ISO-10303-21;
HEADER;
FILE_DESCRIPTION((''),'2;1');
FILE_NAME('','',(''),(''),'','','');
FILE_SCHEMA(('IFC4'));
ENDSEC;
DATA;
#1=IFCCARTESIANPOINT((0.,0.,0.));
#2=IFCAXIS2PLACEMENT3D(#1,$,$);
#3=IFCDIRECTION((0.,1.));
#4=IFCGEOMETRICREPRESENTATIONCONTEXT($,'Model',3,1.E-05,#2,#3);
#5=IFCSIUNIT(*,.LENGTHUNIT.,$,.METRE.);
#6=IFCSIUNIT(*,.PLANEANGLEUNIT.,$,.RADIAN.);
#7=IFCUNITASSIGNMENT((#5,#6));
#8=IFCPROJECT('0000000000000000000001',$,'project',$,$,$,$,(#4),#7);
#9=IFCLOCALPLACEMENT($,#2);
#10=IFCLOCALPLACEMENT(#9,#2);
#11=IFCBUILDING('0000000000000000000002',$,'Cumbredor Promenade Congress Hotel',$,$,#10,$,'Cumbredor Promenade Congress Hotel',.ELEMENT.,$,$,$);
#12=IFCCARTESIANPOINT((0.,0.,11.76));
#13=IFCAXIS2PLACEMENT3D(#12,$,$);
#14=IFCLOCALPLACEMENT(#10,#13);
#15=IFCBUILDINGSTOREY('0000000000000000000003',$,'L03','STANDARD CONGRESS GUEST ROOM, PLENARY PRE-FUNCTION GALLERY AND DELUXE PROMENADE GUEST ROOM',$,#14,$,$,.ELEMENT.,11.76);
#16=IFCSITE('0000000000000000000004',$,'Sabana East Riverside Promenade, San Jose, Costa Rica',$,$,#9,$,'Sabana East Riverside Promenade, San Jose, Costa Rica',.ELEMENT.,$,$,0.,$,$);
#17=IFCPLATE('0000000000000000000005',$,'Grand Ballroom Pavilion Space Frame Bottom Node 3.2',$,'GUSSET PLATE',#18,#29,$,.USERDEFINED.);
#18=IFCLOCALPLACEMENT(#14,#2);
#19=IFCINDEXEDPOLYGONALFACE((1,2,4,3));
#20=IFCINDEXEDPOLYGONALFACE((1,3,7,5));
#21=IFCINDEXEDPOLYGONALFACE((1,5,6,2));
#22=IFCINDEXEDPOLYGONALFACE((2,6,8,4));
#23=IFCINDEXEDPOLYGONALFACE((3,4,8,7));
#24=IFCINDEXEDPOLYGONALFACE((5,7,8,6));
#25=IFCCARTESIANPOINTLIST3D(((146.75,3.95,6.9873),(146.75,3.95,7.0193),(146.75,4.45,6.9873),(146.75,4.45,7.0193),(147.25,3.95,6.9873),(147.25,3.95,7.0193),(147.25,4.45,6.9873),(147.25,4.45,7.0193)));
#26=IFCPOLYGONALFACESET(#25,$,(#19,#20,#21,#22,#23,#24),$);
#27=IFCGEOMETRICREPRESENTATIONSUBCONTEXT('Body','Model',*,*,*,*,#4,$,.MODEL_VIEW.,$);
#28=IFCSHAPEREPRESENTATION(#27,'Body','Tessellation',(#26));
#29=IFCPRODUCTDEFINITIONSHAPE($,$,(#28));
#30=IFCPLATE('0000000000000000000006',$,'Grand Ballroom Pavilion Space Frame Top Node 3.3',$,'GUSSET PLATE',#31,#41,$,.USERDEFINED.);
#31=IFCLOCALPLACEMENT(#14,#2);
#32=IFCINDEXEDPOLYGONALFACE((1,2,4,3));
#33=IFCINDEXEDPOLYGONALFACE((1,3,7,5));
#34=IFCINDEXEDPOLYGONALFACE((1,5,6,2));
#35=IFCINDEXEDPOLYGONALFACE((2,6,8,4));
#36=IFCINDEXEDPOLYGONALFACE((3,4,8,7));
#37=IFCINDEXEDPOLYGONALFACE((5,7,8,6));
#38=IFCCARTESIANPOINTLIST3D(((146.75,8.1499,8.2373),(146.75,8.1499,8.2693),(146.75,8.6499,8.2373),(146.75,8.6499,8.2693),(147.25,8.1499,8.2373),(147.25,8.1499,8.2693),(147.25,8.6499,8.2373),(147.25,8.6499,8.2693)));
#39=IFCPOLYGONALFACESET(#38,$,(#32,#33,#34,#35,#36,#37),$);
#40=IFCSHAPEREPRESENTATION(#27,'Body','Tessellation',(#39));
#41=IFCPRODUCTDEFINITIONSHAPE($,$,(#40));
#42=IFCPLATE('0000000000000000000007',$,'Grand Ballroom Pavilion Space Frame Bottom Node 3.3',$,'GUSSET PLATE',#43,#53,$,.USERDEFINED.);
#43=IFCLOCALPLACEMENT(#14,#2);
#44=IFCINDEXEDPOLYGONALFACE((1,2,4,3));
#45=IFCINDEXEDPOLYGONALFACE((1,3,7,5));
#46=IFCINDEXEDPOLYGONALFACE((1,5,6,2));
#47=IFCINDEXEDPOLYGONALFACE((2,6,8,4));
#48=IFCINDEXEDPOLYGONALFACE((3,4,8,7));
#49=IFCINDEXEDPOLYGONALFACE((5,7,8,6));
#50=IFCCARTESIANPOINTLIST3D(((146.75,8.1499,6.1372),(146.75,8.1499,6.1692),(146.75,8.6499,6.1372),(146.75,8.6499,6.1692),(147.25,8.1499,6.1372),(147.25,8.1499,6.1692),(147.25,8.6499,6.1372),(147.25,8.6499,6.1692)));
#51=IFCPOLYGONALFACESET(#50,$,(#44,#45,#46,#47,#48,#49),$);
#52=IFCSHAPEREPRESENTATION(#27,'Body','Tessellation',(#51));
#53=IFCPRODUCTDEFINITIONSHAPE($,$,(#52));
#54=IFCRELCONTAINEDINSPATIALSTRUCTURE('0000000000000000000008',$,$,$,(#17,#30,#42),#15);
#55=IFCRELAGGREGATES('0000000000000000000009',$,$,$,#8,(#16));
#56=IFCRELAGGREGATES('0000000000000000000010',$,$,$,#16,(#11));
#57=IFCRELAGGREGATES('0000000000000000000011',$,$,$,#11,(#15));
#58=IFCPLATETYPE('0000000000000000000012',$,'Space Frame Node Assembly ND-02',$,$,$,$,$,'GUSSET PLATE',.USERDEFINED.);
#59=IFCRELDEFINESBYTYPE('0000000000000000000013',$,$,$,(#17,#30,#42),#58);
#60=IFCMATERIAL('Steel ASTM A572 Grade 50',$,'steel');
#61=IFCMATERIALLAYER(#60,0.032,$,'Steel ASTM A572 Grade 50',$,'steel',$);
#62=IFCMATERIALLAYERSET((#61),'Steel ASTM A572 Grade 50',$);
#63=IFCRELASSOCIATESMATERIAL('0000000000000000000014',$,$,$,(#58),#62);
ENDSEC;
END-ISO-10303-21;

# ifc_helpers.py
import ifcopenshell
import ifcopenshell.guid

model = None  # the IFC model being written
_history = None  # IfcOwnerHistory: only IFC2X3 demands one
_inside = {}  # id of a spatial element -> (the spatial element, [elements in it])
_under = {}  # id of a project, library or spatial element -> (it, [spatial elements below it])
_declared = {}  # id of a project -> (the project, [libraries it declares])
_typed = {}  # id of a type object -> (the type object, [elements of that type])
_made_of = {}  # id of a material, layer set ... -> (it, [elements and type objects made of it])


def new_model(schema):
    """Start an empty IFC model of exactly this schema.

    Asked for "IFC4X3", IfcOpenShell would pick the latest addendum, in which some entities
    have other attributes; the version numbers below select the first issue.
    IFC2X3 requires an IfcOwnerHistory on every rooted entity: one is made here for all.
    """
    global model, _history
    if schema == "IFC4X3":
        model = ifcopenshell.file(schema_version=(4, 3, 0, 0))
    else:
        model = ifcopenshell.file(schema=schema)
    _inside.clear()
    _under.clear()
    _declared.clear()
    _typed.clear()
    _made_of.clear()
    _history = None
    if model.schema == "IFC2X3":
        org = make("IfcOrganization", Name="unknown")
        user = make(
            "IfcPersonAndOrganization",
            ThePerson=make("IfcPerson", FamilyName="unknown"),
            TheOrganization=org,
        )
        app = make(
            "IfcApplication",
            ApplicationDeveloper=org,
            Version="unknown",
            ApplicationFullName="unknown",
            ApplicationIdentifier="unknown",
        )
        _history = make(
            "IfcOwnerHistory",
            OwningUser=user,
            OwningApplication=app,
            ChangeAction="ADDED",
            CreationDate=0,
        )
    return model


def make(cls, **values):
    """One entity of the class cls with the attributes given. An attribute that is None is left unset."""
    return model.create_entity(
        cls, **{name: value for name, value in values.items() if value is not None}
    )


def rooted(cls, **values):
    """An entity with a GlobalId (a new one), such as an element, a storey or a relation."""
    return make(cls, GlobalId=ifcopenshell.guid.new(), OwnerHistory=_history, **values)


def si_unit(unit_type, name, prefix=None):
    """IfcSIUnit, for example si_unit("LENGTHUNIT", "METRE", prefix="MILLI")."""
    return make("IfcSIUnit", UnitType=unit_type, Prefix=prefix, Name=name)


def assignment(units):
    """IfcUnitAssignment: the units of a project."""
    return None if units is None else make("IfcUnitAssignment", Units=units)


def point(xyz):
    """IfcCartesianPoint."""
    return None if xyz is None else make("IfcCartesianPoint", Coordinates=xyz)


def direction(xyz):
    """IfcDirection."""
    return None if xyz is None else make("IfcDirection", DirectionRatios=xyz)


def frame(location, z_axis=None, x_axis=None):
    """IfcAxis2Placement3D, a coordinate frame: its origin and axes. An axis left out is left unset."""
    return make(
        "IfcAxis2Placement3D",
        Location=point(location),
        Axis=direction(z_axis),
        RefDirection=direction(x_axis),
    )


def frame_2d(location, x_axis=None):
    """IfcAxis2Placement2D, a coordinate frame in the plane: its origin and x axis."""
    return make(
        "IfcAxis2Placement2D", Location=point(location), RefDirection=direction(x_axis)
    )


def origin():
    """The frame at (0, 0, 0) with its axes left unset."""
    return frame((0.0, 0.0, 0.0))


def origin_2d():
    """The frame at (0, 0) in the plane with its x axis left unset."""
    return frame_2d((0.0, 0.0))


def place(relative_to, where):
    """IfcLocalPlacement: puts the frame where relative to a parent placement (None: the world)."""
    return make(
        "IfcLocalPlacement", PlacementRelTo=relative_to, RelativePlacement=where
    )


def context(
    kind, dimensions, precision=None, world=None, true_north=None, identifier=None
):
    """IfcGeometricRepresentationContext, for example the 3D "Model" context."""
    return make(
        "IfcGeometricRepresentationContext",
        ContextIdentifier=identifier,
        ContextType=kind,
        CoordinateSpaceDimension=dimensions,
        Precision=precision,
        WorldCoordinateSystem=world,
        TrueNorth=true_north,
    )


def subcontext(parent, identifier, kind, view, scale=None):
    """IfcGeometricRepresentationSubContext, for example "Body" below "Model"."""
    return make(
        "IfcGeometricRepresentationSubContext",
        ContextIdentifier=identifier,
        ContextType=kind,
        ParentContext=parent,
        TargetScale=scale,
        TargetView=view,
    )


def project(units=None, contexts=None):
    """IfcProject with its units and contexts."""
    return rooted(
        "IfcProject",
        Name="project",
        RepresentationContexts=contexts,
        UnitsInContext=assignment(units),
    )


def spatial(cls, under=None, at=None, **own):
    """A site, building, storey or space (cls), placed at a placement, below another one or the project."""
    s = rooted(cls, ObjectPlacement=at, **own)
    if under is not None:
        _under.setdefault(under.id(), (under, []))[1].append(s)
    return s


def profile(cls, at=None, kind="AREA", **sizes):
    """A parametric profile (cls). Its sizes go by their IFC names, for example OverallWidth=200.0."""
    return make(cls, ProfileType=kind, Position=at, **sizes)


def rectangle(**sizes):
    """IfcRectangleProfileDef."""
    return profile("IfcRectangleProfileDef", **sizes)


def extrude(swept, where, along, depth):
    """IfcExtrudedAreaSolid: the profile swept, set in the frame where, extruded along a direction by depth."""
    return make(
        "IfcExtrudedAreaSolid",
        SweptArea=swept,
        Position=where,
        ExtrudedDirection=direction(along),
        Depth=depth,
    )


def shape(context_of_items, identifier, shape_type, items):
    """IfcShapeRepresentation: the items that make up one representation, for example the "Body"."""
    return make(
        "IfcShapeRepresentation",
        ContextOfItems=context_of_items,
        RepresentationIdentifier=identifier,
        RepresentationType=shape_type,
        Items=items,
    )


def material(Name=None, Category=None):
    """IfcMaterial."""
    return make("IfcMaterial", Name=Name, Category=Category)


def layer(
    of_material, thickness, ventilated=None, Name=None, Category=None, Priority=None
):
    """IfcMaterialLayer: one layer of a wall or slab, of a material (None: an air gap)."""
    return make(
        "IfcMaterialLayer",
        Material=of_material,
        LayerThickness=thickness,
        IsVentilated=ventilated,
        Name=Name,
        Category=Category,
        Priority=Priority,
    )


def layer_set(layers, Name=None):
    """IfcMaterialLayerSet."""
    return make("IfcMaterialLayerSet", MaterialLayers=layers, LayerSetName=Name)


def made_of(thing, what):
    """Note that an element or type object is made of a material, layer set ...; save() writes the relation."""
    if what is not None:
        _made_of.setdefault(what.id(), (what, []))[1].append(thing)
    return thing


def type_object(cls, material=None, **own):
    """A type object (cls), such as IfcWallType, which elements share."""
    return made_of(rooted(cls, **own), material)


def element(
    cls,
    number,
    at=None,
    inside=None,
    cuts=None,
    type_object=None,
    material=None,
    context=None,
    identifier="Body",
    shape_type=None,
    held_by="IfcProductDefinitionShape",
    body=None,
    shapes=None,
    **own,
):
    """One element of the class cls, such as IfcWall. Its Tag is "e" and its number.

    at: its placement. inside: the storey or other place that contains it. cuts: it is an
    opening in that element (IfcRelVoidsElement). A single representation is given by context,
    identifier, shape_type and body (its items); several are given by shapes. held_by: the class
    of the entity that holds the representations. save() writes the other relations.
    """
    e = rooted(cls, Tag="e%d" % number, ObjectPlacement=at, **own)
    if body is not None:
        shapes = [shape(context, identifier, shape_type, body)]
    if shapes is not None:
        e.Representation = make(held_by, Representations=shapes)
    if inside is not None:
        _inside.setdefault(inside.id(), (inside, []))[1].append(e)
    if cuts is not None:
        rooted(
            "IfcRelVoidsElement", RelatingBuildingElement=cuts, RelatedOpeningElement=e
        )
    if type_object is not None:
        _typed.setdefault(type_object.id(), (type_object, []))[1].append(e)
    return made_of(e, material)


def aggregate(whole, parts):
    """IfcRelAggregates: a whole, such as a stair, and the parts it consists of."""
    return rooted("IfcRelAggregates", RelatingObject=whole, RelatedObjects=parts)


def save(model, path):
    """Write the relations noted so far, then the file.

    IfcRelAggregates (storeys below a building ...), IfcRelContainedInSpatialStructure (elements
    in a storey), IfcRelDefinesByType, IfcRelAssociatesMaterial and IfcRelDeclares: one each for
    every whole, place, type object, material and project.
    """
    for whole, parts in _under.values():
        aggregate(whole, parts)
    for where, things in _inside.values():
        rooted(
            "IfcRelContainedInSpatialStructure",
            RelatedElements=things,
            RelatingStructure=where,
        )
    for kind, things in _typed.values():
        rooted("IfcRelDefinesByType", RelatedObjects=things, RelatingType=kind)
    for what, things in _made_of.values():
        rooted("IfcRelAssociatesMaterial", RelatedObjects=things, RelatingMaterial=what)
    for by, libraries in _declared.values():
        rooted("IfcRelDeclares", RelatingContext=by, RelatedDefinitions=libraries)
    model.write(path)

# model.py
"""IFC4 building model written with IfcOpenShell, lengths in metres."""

from ifc_helpers import new_model, si_unit, direction, frame, origin, origin_2d, place, context, subcontext, project, spatial, rectangle, extrude, material, layer, layer_set, type_object, element, save


model = new_model("IFC4")

# Units and contexts
model_context = context("Model", 3, precision=1e-05, world=origin(), true_north=direction((0.0, 1.0)))
body_context = subcontext(model_context, "Body", "Model", "MODEL_VIEW")
ifc_project = project(units=[si_unit("LENGTHUNIT", "METRE"), si_unit("PLANEANGLEUNIT", "RADIAN")], contexts=[model_context])

# Site, building, storey
site_placement = place(None, origin())
site = spatial("IfcSite", under=ifc_project, at=site_placement, Name="Sabana East Riverside Promenade, San Jose, Costa Rica", LongName="Sabana East Riverside Promenade, San Jose, Costa Rica", CompositionType="ELEMENT", RefElevation=0.0)
building_placement = place(site_placement, origin())
building = spatial("IfcBuilding", under=site, at=building_placement, Name="Cumbredor Promenade Congress Hotel", LongName="Cumbredor Promenade Congress Hotel", CompositionType="ELEMENT")
storey_placement = place(building_placement, frame((0.0, 0.0, 11.76)))
storey = spatial("IfcBuildingStorey", under=building, at=storey_placement, Name="L03", Description="STANDARD CONGRESS GUEST ROOM, PLENARY PRE-FUNCTION GALLERY AND DELUXE PROMENADE GUEST ROOM", CompositionType="ELEMENT", Elevation=11.76)

# Plates
ifc_material_1 = material(Name="Steel ASTM A572 Grade 50", Category="steel")
ifc_layer_1 = layer(ifc_material_1, 0.032, Name="Steel ASTM A572 Grade 50", Category="steel")
ifc_layer_set_1 = layer_set([ifc_layer_1], Name="Steel ASTM A572 Grade 50")
plate_type_1 = type_object("IfcPlateType", Name="Space Frame Node Assembly ND-02", ElementType="GUSSET PLATE", PredefinedType="USERDEFINED", material=ifc_layer_set_1)
for number, where, z_axis, x_axis, name in (
    (1, (147.0, 4.2, 6.9873), (0.0, 0.0, 1.0), (1.0, 0.0, 0.0), "Grand Ballroom Pavilion Space Frame Bottom Node 3.2"),
    (2, (147.0, 8.3999, 8.2373), (0.0, 0.0, 1.0), (1.0, 0.0, 0.0), "Grand Ballroom Pavilion Space Frame Top Node 3.3"),
    (3, (147.0, 8.3999, 6.1372), (0.0, 0.0, 1.0), (1.0, 0.0, 0.0), "Grand Ballroom Pavilion Space Frame Bottom Node 3.3"),
):
    element("IfcPlate", number, at=place(storey_placement, frame(where, z_axis=z_axis, x_axis=x_axis)), inside=storey, type_object=plate_type_1, Name=name, ObjectType="GUSSET PLATE", PredefinedType="USERDEFINED", context=body_context, shape_type="SweptSolid", body=[
        extrude(rectangle(XDim=0.5, YDim=0.5, at=origin_2d()), origin(), (0.0, 0.0, 1.0), 0.032),
    ])

save(model, "model.ifc")
